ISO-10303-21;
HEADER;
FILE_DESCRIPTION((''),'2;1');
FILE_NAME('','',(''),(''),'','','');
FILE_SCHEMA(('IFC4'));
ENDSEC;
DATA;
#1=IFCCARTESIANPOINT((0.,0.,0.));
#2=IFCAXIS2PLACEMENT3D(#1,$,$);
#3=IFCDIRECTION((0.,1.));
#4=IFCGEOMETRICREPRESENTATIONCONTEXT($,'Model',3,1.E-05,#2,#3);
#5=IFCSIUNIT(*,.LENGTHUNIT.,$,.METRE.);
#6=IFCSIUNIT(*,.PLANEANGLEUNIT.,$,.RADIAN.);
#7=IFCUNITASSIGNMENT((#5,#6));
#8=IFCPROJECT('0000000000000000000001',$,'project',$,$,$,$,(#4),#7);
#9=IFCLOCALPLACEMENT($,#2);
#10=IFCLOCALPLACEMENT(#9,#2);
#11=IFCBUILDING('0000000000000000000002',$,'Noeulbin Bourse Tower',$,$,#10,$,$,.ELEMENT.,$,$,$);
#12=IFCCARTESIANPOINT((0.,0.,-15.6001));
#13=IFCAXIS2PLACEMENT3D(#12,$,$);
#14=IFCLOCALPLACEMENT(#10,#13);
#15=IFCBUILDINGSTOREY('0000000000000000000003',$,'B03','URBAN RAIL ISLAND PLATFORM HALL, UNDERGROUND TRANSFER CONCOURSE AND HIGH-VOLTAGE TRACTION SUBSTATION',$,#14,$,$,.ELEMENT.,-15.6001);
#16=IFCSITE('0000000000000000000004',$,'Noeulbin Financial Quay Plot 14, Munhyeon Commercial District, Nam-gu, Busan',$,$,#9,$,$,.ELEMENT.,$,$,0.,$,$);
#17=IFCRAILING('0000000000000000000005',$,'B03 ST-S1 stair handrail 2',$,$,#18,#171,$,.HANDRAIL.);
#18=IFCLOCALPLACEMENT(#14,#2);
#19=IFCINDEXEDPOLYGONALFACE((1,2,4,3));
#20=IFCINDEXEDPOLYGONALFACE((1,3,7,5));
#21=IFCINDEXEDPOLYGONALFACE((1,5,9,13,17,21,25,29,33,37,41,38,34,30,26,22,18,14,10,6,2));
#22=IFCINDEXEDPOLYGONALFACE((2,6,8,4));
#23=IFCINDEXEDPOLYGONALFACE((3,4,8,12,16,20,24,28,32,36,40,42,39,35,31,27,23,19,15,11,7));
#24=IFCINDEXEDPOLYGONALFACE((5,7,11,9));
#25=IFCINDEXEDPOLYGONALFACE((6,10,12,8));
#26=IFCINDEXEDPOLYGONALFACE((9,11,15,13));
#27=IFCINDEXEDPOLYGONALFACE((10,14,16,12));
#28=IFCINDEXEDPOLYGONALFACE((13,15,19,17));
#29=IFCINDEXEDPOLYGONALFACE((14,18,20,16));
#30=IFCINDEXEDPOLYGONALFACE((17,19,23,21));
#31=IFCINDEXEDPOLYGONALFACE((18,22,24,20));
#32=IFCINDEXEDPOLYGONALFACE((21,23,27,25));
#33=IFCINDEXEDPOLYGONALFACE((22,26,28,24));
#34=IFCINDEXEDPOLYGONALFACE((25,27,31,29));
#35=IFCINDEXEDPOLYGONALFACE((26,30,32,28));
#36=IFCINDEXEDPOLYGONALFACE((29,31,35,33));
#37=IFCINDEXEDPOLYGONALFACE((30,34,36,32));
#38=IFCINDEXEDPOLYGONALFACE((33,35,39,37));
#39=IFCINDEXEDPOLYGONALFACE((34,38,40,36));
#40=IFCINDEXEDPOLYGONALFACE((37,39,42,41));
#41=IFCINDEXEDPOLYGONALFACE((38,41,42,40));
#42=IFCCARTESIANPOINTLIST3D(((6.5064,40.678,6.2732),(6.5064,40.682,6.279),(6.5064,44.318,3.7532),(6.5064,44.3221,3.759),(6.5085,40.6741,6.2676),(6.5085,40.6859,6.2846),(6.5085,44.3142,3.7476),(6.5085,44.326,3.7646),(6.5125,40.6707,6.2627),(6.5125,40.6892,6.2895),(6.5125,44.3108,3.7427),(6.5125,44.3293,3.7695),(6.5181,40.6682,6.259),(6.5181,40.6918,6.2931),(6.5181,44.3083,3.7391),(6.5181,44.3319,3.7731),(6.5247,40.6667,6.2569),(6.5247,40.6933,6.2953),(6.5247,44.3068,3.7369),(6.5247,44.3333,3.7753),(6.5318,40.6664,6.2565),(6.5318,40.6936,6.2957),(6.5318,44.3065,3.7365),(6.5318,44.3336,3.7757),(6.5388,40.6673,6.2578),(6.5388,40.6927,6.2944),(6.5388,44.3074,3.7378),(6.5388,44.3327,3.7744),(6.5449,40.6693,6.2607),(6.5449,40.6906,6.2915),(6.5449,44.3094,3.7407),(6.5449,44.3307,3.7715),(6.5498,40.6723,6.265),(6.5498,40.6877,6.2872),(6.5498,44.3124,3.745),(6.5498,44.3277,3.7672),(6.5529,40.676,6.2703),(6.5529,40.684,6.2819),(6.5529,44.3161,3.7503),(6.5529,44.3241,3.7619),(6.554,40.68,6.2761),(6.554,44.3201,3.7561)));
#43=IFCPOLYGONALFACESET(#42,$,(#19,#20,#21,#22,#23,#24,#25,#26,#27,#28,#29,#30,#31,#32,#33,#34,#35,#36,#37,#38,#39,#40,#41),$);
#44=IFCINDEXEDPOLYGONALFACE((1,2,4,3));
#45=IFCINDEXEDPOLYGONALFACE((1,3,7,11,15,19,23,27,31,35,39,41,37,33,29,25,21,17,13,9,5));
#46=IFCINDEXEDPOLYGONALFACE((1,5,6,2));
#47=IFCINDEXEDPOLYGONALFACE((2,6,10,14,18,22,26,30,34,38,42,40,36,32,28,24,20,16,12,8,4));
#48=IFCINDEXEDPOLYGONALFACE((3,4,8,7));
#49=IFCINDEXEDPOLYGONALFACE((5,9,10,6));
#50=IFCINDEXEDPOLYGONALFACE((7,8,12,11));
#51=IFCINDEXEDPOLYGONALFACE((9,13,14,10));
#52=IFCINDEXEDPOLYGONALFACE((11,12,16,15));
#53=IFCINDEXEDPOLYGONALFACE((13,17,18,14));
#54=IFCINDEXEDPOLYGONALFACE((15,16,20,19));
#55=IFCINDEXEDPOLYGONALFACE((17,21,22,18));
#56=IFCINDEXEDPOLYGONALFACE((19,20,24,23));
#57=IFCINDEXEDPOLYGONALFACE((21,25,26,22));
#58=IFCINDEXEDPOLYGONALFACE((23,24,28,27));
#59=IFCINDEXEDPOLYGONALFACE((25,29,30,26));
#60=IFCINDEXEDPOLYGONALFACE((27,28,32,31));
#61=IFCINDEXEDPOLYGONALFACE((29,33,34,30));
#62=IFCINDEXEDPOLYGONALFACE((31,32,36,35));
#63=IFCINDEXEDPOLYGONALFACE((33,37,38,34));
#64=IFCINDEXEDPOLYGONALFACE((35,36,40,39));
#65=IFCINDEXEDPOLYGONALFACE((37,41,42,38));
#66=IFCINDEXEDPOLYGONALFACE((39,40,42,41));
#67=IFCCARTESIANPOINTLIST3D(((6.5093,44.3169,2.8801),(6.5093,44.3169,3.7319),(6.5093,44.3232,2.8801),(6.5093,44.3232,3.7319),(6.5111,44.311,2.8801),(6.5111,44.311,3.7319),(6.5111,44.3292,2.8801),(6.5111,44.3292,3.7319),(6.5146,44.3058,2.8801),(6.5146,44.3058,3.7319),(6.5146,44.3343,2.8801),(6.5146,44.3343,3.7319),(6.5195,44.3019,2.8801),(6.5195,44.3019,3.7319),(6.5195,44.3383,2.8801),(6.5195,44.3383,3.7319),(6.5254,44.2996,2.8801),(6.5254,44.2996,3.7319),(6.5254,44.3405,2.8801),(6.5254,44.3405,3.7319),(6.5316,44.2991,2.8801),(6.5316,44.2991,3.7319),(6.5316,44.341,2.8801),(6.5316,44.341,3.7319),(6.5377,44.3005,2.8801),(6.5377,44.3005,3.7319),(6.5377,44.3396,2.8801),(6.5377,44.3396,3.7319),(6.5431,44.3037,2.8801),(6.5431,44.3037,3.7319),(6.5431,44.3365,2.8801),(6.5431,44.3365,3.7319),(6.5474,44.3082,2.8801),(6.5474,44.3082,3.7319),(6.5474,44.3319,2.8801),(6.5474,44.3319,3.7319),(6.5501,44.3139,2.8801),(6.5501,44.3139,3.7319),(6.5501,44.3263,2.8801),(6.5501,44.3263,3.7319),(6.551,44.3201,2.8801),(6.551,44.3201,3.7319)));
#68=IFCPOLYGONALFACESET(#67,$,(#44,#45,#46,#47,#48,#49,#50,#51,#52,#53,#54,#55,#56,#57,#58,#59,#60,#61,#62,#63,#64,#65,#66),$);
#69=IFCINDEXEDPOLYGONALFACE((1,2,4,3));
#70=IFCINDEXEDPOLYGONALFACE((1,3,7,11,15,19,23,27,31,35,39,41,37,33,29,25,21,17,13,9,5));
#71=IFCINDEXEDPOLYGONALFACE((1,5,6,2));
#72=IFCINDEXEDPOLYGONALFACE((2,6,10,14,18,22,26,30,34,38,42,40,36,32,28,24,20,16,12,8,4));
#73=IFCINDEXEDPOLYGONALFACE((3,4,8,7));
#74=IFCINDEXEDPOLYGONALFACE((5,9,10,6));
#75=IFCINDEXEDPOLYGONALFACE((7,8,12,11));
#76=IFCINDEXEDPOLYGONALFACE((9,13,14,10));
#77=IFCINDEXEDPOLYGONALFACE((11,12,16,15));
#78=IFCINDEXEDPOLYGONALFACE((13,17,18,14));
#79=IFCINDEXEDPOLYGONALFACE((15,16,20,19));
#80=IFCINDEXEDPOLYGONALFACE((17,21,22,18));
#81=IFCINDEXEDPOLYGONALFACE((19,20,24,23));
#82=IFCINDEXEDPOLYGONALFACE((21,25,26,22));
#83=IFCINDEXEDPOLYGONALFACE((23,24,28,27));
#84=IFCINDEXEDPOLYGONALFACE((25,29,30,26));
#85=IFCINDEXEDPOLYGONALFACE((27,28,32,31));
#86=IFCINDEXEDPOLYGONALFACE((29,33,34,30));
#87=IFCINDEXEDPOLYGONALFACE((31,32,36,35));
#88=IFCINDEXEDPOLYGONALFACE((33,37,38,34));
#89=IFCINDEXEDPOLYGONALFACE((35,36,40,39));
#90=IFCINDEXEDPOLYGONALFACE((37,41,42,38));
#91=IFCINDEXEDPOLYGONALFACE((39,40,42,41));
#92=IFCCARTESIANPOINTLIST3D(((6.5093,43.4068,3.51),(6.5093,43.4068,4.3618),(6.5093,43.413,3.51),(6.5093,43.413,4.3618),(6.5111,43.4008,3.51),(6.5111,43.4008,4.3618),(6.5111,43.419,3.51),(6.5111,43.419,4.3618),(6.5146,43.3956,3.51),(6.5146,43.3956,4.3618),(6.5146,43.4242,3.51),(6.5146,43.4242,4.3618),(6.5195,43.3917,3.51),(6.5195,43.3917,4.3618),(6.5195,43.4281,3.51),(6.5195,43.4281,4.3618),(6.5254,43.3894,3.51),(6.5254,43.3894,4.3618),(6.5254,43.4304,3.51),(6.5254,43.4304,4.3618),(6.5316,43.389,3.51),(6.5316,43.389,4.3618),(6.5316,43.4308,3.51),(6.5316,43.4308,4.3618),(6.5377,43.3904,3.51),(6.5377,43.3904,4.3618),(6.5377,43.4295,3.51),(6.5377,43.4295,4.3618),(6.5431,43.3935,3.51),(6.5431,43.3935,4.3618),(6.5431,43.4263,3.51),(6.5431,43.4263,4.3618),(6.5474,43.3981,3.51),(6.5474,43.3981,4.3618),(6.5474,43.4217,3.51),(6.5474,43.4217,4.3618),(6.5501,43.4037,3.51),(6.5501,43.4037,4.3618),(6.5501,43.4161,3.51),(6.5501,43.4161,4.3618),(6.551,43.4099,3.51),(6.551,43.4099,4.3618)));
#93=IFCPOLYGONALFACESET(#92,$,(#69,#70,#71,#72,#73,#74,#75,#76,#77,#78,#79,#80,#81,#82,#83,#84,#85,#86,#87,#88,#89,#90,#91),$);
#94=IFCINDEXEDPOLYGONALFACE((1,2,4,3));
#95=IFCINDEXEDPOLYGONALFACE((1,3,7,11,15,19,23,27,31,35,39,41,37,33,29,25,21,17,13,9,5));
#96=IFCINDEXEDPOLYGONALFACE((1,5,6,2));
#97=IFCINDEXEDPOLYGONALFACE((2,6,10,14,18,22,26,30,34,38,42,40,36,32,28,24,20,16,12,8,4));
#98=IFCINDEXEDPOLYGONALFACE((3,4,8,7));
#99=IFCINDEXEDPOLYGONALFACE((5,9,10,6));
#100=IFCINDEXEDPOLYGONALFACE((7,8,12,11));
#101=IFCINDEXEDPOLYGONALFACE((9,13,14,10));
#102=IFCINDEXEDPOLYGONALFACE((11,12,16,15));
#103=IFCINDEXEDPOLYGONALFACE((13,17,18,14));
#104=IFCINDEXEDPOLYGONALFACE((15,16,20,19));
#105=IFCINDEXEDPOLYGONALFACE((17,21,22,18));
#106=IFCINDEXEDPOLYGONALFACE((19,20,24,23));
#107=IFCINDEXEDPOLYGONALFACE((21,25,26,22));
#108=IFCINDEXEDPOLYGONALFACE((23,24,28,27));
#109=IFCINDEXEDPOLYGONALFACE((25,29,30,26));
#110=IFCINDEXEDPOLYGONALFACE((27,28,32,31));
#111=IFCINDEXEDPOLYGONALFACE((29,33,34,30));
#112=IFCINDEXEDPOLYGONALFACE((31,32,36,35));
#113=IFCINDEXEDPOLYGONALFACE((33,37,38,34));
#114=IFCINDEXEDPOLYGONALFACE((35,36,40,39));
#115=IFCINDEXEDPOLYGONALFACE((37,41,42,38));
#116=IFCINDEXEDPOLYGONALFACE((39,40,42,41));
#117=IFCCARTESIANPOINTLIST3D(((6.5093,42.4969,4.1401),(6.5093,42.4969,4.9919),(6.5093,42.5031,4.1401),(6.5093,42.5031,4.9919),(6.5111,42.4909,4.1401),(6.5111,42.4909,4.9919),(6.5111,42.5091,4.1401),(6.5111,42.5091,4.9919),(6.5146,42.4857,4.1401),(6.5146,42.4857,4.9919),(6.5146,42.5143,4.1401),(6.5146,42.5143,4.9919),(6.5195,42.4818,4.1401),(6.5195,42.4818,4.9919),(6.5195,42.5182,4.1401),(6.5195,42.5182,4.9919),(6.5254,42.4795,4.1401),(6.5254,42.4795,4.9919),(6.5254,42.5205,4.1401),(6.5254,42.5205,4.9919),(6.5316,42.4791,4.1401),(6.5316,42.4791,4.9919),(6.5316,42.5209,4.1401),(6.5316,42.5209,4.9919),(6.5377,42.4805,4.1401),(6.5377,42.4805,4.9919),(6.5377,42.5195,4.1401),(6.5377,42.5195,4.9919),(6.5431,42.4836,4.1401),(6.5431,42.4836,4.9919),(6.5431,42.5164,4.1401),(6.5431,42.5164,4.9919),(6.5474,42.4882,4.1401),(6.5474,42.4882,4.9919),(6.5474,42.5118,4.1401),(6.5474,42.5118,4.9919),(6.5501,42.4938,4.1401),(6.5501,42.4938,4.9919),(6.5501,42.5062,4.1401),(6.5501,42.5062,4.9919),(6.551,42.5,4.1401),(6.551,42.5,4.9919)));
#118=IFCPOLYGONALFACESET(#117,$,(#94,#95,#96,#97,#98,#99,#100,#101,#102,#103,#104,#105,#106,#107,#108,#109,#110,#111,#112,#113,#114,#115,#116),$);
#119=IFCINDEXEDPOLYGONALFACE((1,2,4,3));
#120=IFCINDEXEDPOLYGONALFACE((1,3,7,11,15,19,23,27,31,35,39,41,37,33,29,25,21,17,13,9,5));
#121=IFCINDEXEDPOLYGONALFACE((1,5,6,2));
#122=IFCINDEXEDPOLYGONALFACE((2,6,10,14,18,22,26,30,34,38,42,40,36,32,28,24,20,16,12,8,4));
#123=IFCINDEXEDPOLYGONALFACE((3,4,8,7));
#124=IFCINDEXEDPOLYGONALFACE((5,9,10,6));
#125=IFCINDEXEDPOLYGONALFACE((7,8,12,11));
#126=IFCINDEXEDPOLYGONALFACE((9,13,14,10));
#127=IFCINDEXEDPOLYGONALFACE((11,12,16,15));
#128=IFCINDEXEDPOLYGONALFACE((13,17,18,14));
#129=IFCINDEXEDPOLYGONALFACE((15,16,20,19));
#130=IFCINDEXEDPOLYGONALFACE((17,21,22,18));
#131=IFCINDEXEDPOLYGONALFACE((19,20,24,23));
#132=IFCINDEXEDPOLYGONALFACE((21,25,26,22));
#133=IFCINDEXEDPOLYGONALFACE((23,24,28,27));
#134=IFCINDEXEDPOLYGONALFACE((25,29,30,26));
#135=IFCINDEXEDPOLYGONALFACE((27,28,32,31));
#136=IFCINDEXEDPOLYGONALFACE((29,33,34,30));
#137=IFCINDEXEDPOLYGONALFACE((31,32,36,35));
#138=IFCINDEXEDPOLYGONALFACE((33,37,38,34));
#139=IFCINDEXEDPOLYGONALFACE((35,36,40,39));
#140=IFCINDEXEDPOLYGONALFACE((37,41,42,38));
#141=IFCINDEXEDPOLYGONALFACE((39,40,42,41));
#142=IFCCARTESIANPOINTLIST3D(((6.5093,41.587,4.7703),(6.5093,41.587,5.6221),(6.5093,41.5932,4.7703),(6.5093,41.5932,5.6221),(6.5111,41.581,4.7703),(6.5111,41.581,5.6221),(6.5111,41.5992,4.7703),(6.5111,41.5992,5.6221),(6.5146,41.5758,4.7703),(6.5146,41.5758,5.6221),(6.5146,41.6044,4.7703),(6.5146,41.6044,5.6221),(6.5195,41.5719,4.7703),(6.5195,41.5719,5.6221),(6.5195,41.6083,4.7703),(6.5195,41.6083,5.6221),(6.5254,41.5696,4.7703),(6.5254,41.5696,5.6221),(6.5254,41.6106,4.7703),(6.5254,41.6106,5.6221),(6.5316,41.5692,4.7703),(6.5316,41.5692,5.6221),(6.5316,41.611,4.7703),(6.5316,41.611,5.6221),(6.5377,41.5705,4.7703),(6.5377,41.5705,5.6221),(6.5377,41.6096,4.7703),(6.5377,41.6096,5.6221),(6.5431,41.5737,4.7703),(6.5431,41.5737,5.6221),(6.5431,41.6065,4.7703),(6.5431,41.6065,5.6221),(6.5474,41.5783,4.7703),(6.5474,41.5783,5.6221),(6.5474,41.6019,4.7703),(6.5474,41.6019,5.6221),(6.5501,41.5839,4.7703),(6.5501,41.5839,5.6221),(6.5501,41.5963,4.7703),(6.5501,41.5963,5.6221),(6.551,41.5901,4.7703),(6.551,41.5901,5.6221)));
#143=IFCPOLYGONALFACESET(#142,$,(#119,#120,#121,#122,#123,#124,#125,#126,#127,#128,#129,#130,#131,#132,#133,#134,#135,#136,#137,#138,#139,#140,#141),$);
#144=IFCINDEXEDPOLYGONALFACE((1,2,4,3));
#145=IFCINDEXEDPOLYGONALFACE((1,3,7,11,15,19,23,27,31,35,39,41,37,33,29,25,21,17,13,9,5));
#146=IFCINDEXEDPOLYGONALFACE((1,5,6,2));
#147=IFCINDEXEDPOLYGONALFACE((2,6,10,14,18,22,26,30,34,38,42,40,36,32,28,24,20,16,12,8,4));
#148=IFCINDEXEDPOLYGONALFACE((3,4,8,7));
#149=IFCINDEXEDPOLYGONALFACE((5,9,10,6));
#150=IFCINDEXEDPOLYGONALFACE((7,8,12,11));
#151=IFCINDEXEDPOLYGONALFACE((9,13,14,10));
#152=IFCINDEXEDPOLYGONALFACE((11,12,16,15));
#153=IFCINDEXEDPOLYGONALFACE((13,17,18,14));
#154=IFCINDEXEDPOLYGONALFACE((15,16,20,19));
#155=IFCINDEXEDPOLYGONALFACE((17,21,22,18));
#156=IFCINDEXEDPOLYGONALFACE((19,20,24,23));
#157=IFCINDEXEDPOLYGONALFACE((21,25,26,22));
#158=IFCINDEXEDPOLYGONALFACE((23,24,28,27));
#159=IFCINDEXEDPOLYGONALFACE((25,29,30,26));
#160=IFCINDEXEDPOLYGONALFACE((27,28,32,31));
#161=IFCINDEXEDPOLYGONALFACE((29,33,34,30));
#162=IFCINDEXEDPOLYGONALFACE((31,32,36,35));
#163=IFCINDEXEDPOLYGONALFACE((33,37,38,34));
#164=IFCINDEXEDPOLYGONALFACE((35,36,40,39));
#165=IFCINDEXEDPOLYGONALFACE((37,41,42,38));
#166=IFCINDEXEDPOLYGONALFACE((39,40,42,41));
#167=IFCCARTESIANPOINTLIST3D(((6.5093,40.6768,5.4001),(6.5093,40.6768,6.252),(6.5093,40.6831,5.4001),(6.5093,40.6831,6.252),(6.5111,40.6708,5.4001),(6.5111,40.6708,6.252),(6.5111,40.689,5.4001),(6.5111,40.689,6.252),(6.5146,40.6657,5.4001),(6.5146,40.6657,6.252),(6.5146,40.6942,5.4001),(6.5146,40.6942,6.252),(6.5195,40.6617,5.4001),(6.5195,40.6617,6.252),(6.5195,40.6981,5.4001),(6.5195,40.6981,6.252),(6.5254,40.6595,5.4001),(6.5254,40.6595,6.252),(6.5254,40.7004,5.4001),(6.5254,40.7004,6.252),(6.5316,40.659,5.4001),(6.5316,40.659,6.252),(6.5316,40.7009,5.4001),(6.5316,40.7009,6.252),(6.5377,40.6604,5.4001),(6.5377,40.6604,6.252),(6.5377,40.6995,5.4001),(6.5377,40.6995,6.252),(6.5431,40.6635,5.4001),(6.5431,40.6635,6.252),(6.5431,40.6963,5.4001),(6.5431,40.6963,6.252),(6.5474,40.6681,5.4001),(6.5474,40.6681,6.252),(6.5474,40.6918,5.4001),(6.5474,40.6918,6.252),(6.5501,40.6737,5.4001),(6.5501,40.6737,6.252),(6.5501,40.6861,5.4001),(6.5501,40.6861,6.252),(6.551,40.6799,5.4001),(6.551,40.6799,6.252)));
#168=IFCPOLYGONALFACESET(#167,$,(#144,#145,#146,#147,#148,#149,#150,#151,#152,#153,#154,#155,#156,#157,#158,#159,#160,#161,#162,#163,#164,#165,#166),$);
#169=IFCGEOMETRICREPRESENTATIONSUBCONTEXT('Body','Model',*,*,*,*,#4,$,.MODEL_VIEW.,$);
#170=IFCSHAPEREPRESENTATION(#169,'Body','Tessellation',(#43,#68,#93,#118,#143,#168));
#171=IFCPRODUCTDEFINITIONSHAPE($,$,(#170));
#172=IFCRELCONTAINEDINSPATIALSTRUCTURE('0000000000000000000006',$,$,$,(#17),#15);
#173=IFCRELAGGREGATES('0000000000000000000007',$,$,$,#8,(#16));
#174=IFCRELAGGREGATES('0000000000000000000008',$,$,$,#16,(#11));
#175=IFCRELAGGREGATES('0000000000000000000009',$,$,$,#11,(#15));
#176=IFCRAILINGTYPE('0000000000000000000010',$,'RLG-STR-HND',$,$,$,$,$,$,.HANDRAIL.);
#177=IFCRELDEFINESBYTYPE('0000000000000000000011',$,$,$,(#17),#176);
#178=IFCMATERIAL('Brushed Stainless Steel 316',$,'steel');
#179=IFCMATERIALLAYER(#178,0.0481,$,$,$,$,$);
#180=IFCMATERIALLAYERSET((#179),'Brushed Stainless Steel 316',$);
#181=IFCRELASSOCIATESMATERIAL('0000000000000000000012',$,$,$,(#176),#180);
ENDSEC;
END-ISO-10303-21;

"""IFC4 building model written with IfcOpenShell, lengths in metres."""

from ifc_helpers import new_model, si_unit, direction, frame, origin, origin_2d, place, context, subcontext, project, spatial, circle, extrude, material, layer, layer_set, type_object, element, save


model = new_model("IFC4")

# Units and contexts
model_context = context("Model", 3, precision=1e-05, world=origin(), true_north=direction((0.0, 1.0)))
body_context = subcontext(model_context, "Body", "Model", "MODEL_VIEW")
ifc_project = project(units=[si_unit("LENGTHUNIT", "METRE"), si_unit("PLANEANGLEUNIT", "RADIAN")], contexts=[model_context])

# Site, building, storey
site_placement = place(None, origin())
site = spatial("IfcSite", under=ifc_project, at=site_placement, Name="Noeulbin Financial Quay Plot 14, Munhyeon Commercial District, Nam-gu, Busan", CompositionType="ELEMENT", RefElevation=0.0)
building_placement = place(site_placement, origin())
building = spatial("IfcBuilding", under=site, at=building_placement, Name="Noeulbin Bourse Tower", CompositionType="ELEMENT")
storey_placement = place(building_placement, frame((0.0, 0.0, -15.6001)))
storey = spatial("IfcBuildingStorey", under=building, at=storey_placement, Name="B03", Description="URBAN RAIL ISLAND PLATFORM HALL, UNDERGROUND TRANSFER CONCOURSE AND HIGH-VOLTAGE TRACTION SUBSTATION", CompositionType="ELEMENT", Elevation=-15.6001)

# Railing
ifc_material_1 = material(Name="Brushed Stainless Steel 316", Category="steel")
ifc_layer_1 = layer(ifc_material_1, 0.0481)
ifc_layer_set_1 = layer_set([ifc_layer_1], Name="Brushed Stainless Steel 316")
railing_type_1 = type_object("IfcRailingType", Name="RLG-STR-HND", PredefinedType="HANDRAIL", material=ifc_layer_set_1)
railing_1_placement = place(storey_placement, frame((6.53, 44.3201, 2.8801)))
element("IfcRailing", 1, at=railing_1_placement, inside=storey, type_object=railing_type_1, Name="B03 ST-S1 stair handrail 2", PredefinedType="HANDRAIL", context=body_context, shape_type="SweptSolid", body=[
    extrude(circle(Radius=0.0239, at=origin_2d()), frame((0.0, 0.0, 0.876), z_axis=(0.0, -0.8222, 0.569199), x_axis=(1.0, 0.0, 0.0)), (0.0, 0.0, 1.0), 4.4272),
    extrude(circle(Radius=0.021, at=origin_2d()), origin(), (0.0, 0.0, 1.0), 0.8518),
    extrude(circle(Radius=0.021, at=origin_2d()), frame((0.0, -0.9102, 0.6299)), (0.0, 0.0, 1.0), 0.8518),
    extrude(circle(Radius=0.021, at=origin_2d()), frame((0.0, -1.8201, 1.26)), (0.0, 0.0, 1.0), 0.8518),
    extrude(circle(Radius=0.021, at=origin_2d()), frame((0.0, -2.73, 1.8901)), (0.0, 0.0, 1.0), 0.8518),
    extrude(circle(Radius=0.021, at=origin_2d()), frame((0.0, -3.6401, 2.52)), (0.0, 0.0, 1.0), 0.8518),
])

save(model, "model.ifc")
